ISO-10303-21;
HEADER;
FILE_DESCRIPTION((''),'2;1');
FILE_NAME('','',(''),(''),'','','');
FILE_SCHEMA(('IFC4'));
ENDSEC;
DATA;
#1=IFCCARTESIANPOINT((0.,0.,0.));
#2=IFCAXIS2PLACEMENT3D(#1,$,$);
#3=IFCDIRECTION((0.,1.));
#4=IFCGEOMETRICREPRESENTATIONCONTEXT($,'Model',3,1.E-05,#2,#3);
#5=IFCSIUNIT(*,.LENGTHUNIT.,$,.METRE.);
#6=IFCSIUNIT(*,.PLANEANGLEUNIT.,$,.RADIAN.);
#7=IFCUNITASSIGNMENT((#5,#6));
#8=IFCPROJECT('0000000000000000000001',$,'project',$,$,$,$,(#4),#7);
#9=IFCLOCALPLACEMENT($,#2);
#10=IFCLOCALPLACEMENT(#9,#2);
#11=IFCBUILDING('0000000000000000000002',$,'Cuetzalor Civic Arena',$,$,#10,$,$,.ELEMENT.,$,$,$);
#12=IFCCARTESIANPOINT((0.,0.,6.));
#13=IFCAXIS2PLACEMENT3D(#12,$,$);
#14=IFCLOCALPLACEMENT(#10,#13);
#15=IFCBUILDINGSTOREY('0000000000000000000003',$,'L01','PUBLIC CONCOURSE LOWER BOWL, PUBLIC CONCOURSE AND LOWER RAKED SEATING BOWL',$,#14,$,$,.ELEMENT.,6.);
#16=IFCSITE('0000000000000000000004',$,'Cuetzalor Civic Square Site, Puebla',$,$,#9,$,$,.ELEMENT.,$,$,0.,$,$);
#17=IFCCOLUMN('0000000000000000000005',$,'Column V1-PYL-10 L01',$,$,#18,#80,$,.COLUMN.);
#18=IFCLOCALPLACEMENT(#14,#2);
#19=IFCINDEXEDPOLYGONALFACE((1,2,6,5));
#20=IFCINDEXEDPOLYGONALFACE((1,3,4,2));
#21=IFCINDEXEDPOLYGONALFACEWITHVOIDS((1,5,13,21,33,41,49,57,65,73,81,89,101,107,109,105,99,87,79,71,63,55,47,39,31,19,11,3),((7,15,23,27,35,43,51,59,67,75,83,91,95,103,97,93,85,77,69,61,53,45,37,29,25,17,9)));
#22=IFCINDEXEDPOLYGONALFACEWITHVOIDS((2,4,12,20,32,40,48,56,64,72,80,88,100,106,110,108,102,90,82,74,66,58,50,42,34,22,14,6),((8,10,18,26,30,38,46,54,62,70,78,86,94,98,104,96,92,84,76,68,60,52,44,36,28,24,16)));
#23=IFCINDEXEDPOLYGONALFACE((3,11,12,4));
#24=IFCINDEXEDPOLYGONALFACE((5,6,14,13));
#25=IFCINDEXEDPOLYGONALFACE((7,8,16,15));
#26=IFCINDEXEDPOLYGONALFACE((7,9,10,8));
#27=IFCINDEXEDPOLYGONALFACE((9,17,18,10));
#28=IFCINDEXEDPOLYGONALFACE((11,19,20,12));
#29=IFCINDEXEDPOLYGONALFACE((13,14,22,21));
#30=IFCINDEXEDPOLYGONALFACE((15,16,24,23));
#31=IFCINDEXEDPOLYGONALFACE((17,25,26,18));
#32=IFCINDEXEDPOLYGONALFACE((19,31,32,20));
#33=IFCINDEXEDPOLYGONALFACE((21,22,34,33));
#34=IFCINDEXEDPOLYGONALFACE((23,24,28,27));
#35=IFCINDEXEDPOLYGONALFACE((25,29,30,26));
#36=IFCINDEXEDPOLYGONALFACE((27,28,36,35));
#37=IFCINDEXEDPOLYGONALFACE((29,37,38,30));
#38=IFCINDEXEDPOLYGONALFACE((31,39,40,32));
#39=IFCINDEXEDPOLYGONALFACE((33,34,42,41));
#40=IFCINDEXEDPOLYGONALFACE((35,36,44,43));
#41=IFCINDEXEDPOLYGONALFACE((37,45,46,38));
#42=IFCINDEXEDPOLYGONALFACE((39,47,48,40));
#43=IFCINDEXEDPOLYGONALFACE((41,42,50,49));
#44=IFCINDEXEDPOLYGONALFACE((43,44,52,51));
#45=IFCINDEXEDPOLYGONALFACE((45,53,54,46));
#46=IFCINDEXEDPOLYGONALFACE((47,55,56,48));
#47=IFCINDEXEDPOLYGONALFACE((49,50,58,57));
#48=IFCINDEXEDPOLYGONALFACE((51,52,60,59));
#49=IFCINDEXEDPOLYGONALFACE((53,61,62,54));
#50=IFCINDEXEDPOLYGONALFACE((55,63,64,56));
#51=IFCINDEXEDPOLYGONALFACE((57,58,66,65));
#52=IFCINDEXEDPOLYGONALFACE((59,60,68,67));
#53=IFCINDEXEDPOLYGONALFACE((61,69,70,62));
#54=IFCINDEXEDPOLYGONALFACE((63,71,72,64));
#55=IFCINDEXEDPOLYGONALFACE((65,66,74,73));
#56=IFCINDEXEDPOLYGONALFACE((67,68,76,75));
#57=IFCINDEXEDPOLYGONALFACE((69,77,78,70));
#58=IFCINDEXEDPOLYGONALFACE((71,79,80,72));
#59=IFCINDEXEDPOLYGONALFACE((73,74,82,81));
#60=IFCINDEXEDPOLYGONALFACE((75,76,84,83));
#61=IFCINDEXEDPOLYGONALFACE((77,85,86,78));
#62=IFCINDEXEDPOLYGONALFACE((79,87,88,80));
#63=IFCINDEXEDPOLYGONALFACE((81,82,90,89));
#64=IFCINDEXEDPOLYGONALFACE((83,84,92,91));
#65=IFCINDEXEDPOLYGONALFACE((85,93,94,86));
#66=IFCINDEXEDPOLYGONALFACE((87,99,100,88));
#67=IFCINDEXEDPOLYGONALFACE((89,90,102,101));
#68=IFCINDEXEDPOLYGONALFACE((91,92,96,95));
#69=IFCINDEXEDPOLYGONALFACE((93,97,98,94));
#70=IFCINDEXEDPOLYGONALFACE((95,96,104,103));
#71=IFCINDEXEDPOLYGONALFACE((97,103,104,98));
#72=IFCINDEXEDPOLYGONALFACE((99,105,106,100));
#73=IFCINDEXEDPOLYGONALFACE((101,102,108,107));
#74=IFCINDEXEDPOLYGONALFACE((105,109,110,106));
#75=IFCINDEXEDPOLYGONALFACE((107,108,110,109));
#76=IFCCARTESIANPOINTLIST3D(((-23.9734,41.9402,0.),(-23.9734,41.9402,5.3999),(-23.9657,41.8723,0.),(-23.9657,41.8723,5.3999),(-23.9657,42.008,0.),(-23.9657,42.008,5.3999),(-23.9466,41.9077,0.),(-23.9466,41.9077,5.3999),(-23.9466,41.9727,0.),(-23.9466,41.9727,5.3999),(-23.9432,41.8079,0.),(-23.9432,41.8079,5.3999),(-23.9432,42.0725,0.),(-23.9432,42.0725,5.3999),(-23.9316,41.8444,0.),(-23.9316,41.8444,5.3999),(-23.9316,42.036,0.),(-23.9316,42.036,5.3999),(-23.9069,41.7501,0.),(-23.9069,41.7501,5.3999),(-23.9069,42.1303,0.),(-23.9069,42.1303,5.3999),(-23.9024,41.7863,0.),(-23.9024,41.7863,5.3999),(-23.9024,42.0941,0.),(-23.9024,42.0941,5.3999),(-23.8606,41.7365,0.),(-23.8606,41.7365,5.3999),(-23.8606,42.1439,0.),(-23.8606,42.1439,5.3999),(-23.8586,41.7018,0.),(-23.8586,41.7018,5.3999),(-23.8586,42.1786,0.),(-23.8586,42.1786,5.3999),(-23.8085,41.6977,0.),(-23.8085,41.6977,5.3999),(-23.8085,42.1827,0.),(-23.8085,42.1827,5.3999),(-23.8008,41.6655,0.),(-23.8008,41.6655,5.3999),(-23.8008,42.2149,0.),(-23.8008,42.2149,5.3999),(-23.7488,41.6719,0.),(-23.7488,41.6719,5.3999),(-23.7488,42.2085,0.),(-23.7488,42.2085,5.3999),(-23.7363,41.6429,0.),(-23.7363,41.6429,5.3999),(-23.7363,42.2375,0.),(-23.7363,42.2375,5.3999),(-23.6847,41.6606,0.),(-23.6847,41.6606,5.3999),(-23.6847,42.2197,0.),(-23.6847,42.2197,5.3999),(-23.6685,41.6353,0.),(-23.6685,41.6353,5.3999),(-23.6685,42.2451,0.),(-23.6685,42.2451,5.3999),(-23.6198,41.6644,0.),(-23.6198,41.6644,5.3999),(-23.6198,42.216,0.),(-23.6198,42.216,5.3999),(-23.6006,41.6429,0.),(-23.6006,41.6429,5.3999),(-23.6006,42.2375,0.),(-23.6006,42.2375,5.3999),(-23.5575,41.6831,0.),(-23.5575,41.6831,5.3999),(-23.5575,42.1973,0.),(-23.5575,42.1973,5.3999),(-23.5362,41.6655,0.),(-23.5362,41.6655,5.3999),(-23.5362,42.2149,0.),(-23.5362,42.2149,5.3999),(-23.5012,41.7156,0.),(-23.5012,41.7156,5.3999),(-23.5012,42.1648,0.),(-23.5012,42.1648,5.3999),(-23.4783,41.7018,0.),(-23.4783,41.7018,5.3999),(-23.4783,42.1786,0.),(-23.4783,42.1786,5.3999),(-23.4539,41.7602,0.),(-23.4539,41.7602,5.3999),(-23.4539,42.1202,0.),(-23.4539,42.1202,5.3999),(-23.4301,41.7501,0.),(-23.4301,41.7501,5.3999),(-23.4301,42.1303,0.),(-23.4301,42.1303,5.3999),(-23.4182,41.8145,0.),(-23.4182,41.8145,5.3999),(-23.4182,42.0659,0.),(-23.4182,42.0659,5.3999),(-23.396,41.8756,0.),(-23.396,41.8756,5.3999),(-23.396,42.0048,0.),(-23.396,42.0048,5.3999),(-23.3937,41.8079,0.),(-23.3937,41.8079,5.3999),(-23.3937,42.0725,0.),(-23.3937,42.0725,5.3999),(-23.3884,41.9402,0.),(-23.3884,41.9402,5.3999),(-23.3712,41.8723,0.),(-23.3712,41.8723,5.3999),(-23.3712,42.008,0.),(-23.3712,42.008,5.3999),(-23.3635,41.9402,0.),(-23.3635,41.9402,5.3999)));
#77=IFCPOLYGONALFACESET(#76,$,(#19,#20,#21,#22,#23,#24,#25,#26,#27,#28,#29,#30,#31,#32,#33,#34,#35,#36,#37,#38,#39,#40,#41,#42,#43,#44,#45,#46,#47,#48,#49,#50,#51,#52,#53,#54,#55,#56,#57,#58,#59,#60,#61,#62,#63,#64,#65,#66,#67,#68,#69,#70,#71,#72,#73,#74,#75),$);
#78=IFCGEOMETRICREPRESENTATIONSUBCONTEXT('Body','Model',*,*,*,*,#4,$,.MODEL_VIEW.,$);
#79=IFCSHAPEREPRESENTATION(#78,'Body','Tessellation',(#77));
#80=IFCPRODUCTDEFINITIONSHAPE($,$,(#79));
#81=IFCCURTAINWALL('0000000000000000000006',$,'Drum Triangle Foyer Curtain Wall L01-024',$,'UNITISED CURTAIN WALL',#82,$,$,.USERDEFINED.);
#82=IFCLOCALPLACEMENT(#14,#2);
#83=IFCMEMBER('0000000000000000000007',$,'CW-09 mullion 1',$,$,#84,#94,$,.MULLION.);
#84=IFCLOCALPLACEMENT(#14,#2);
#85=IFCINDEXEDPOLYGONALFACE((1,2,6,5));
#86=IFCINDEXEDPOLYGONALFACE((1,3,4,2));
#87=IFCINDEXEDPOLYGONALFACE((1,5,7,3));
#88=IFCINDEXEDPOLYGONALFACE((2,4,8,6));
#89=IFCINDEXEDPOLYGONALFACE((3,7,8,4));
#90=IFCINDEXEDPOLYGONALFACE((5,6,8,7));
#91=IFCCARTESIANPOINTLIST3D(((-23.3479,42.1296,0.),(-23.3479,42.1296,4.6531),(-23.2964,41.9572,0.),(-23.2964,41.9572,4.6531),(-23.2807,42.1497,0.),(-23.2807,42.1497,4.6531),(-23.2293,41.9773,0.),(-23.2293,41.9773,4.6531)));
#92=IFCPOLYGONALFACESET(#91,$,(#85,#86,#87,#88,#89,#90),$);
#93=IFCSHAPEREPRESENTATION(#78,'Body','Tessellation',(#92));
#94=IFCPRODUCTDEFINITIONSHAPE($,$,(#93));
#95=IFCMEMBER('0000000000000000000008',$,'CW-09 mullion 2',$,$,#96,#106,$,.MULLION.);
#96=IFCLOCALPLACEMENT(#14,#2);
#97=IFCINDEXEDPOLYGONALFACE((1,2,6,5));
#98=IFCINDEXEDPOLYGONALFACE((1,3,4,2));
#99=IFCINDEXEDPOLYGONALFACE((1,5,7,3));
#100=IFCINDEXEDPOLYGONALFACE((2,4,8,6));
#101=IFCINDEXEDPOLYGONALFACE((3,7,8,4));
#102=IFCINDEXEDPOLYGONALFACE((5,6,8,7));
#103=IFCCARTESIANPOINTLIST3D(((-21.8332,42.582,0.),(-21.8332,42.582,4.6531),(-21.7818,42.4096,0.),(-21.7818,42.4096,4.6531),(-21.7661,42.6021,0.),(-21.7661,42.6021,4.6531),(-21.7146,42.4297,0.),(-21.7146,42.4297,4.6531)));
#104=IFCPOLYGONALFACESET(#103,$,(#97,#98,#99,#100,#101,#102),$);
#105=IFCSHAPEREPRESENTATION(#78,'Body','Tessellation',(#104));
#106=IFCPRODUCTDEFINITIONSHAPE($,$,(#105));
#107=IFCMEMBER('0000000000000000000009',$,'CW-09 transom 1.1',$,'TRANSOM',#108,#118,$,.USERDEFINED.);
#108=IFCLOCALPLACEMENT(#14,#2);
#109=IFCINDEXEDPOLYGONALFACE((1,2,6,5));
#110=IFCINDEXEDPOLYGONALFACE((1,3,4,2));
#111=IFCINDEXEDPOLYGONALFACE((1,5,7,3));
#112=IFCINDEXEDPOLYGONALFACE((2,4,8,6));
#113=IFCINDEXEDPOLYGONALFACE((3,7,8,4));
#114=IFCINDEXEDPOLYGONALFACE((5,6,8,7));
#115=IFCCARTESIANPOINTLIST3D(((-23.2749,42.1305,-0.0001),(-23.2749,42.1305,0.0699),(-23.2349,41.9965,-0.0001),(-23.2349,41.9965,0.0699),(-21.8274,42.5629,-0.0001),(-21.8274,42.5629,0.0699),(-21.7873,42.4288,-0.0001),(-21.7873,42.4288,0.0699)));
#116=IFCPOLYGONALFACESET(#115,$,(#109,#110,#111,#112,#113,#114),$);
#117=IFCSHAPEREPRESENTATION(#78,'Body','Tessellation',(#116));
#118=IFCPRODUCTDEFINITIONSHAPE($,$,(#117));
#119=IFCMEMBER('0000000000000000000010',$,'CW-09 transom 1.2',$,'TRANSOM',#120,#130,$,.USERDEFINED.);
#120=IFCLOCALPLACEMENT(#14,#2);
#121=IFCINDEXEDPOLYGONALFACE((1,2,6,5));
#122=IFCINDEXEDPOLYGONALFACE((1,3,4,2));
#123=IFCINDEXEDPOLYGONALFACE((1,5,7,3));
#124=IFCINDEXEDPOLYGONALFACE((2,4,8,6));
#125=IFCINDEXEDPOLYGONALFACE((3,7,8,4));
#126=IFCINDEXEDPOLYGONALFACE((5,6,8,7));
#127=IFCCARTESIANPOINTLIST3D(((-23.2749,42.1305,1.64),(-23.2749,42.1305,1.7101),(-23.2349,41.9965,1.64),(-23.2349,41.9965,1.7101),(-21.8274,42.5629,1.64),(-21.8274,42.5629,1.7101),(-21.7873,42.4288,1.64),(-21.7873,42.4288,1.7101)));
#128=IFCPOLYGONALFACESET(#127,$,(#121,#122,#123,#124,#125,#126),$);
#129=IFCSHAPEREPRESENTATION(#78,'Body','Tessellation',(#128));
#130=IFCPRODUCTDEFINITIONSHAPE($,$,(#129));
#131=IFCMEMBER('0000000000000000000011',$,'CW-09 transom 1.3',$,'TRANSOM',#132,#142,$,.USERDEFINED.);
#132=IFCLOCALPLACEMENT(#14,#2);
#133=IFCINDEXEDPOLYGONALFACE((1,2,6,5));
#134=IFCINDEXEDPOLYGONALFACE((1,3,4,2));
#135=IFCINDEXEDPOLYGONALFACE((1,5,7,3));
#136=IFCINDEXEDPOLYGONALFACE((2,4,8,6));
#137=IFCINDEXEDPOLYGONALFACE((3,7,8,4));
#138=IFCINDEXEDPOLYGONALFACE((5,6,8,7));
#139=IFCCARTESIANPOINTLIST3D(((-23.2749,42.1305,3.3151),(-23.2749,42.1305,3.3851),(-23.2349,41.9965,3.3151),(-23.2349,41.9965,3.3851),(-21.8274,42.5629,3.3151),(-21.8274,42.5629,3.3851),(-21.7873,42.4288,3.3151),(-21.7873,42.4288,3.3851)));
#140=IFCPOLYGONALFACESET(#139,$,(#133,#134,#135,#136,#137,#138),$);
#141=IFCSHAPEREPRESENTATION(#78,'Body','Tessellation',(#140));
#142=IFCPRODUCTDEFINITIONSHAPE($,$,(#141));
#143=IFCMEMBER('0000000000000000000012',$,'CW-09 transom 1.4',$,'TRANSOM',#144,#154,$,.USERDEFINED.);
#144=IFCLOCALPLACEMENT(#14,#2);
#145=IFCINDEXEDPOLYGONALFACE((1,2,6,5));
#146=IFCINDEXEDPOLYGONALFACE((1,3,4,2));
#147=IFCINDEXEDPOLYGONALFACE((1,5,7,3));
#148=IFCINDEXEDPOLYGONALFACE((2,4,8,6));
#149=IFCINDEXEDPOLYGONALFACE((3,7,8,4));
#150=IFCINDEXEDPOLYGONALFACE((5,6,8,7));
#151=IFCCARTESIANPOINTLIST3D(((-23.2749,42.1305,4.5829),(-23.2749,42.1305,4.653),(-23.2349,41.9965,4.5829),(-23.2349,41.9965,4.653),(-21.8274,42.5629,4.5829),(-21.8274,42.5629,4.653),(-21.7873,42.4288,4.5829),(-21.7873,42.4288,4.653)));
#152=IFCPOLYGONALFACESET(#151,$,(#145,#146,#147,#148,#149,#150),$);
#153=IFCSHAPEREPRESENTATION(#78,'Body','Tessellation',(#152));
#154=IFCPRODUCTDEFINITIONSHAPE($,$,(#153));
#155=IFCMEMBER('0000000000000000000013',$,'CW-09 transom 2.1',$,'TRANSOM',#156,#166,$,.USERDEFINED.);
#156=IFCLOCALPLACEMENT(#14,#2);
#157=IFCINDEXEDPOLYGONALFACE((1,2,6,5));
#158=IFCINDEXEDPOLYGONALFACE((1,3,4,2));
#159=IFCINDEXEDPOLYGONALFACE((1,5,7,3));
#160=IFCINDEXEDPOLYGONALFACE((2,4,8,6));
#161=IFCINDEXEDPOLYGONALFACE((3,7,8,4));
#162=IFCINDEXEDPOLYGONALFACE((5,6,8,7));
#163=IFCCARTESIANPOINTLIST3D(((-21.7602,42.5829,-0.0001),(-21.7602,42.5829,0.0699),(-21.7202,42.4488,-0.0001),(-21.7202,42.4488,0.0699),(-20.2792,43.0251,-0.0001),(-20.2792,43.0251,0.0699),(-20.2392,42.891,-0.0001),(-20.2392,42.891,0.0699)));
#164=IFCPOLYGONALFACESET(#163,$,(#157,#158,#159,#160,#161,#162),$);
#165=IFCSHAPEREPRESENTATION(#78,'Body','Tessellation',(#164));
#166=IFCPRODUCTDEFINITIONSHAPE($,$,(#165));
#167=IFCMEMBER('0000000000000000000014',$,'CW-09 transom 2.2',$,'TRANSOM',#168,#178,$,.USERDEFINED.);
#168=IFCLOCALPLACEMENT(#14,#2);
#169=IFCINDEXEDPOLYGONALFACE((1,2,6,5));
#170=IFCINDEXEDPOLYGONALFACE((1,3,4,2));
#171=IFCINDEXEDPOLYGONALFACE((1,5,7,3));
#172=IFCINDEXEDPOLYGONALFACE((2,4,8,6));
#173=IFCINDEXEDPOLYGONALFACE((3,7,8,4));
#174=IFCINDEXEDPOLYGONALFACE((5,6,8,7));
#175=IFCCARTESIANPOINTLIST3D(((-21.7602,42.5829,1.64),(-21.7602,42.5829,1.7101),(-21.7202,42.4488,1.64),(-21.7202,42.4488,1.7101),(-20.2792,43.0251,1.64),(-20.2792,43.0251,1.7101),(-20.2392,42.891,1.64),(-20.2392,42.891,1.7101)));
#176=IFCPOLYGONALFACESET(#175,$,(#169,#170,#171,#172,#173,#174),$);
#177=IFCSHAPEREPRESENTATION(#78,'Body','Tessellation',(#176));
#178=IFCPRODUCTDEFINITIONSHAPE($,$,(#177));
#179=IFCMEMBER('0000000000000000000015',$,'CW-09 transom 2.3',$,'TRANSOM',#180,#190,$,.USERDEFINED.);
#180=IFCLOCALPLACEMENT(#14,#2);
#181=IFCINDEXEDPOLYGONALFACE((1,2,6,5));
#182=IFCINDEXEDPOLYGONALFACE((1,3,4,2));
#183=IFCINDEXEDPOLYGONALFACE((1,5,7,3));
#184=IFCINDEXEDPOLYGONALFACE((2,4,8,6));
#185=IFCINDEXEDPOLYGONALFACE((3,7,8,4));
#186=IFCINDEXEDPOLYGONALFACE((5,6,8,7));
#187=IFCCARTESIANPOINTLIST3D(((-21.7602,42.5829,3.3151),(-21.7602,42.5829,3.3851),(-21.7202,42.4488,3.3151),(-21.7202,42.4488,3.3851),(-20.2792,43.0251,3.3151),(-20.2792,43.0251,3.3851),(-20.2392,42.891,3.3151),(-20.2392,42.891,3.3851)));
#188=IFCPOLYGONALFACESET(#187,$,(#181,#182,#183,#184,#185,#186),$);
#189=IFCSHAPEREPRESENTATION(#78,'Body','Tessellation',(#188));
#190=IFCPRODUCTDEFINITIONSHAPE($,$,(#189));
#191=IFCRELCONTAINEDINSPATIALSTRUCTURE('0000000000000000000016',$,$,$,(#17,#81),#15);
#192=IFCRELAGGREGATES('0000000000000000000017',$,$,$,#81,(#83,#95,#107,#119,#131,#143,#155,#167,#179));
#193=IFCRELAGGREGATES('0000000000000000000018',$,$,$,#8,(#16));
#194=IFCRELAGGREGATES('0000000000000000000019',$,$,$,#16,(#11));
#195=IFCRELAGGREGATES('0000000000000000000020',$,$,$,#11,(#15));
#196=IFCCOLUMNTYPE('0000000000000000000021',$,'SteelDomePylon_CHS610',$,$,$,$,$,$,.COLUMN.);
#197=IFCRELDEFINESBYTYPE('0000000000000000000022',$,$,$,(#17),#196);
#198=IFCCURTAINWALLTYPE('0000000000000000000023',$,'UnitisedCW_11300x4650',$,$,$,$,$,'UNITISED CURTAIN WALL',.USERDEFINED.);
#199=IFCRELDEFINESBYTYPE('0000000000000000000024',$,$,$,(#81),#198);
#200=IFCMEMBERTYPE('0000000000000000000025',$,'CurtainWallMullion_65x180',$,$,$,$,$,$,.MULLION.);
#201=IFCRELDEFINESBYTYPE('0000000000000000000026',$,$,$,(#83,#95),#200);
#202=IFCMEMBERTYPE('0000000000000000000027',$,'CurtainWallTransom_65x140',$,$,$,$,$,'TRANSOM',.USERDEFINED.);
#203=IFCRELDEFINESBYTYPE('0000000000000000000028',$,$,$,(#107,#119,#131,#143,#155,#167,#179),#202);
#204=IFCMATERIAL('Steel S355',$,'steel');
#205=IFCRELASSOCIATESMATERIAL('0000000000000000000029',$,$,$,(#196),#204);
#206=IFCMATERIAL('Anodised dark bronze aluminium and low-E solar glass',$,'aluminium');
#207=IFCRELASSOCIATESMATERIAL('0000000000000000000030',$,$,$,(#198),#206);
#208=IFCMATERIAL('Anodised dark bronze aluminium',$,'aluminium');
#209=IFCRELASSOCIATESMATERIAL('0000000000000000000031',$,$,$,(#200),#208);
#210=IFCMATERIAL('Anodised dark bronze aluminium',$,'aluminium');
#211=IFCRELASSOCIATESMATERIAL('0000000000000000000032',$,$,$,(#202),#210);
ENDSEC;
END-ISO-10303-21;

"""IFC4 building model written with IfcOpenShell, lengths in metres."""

from ifc_helpers import new_model, si_unit, direction, frame, origin, origin_2d, place, context, subcontext, project, spatial, rectangle, hollow_circle, extrude, material, material_profile, profile_set, type_object, element, aggregate, save


model = new_model("IFC4")

# Units and contexts
model_context = context("Model", 3, precision=1e-05, world=origin(), true_north=direction((0.0, 1.0)))
body_context = subcontext(model_context, "Body", "Model", "MODEL_VIEW")
ifc_project = project(units=[si_unit("LENGTHUNIT", "METRE"), si_unit("PLANEANGLEUNIT", "RADIAN")], contexts=[model_context])

# Site, building, storey
site_placement = place(None, origin())
site = spatial("IfcSite", under=ifc_project, at=site_placement, Name="Cuetzalor Civic Square Site, Puebla", CompositionType="ELEMENT", RefElevation=0.0)
building_placement = place(site_placement, origin())
building = spatial("IfcBuilding", under=site, at=building_placement, Name="Cuetzalor Civic Arena", CompositionType="ELEMENT")
storey_placement = place(building_placement, frame((0.0, 0.0, 6.0)))
storey = spatial("IfcBuildingStorey", under=building, at=storey_placement, Name="L01", Description="PUBLIC CONCOURSE LOWER BOWL, PUBLIC CONCOURSE AND LOWER RAKED SEATING BOWL", CompositionType="ELEMENT", Elevation=6.0)

# Column
ifc_material_1 = material(Name="Steel S355", Category="steel")
ifc_material_profile_1 = material_profile(ifc_material_1, hollow_circle(Radius=0.3049, WallThickness=0.0249, at=origin_2d()), Name="CHS 610x25")
ifc_profile_set_1 = profile_set([ifc_material_profile_1], Name="Steel S355")
column_type = type_object("IfcColumnType", Name="SteelDomePylon_CHS610", PredefinedType="COLUMN", material=ifc_profile_set_1)
column_placement = place(storey_placement, frame((-23.6685, 41.9402, 0.0), z_axis=(0.0, 0.0, 1.0), x_axis=(1.0, 0.0, 0.0)))
element("IfcColumn", 1, at=column_placement, inside=storey, type_object=column_type, Name="Column V1-PYL-10 L01", PredefinedType="COLUMN", context=body_context, shape_type="SweptSolid", body=[
    extrude(hollow_circle(Radius=0.3049, WallThickness=0.0249, at=origin_2d()), origin(), (0.0, 0.0, 1.0), 5.3999),
])

# Curtain wall, members
ifc_material_2 = material(Name="Anodised dark bronze aluminium and low-E solar glass", Category="aluminium")
curtain_wall_type = type_object("IfcCurtainWallType", Name="UnitisedCW_11300x4650", ElementType="UNITISED CURTAIN WALL", PredefinedType="USERDEFINED", material=ifc_material_2)
curtain_wall_placement = place(storey_placement, origin())
curtain_wall = element("IfcCurtainWall", 2, at=curtain_wall_placement, inside=storey, type_object=curtain_wall_type, Name="Drum Triangle Foyer Curtain Wall L01-024", ObjectType="UNITISED CURTAIN WALL", PredefinedType="USERDEFINED")
ifc_material_3 = material(Name="Anodised dark bronze aluminium", Category="aluminium")
ifc_material_profile_2 = material_profile(ifc_material_3, rectangle(XDim=0.0701, YDim=0.1799, at=origin_2d()), Name="ALU MULLION 70x180")
ifc_profile_set_2 = profile_set([ifc_material_profile_2], Name="Anodised dark bronze aluminium")
member_type_1 = type_object("IfcMemberType", Name="CurtainWallMullion_65x180", PredefinedType="MULLION", material=ifc_profile_set_2)
member_1_placement = place(storey_placement, frame((-23.2886, 42.0535, 0.0), z_axis=(0.0, 0.0, 1.0), x_axis=(0.958194, 0.28612, 0.0)))
member_1 = element("IfcMember", 3, at=member_1_placement, type_object=member_type_1, Name="CW-09 mullion 1", PredefinedType="MULLION", context=body_context, shape_type="SweptSolid", body=[
    extrude(rectangle(XDim=0.0701, YDim=0.1799, at=origin_2d()), origin(), (0.0, 0.0, 1.0), 4.6531),
])
member_2_placement = place(storey_placement, frame((-21.7739, 42.5059, 0.0), z_axis=(0.0, 0.0, 1.0), x_axis=(0.958194, 0.28612, 0.0)))
member_2 = element("IfcMember", 4, at=member_2_placement, type_object=member_type_1, Name="CW-09 mullion 2", PredefinedType="MULLION", context=body_context, shape_type="SweptSolid", body=[
    extrude(rectangle(XDim=0.0701, YDim=0.1799, at=origin_2d()), origin(), (0.0, 0.0, 1.0), 4.6531),
])
ifc_material_4 = material(Name="Anodised dark bronze aluminium", Category="aluminium")
ifc_material_profile_3 = material_profile(ifc_material_4, rectangle(XDim=0.1399, YDim=0.0701, at=origin_2d()), Name="ALU TRANSOM 70x140")
ifc_profile_set_3 = profile_set([ifc_material_profile_3], Name="Anodised dark bronze aluminium")
member_type_2 = type_object("IfcMemberType", Name="CurtainWallTransom_65x140", ElementType="TRANSOM", PredefinedType="USERDEFINED", material=ifc_profile_set_3)
member_3_placement = place(storey_placement, frame((-23.2549, 42.0635, 0.0349), z_axis=(0.958168, 0.286206, 0.0), x_axis=(-0.286206, 0.958168, 0.0)))
member_3 = element("IfcMember", 5, at=member_3_placement, type_object=member_type_2, Name="CW-09 transom 1.1", ObjectType="TRANSOM", PredefinedType="USERDEFINED", context=body_context, shape_type="SweptSolid", body=[
    extrude(rectangle(XDim=0.1399, YDim=0.0701, at=origin_2d()), origin(), (0.0, 0.0, 1.0), 1.5107),
])
member_4_placement = place(storey_placement, frame((-23.2549, 42.0635, 1.675), z_axis=(0.958168, 0.286206, 0.0), x_axis=(-0.286206, 0.958168, 0.0)))
member_4 = element("IfcMember", 6, at=member_4_placement, type_object=member_type_2, Name="CW-09 transom 1.2", ObjectType="TRANSOM", PredefinedType="USERDEFINED", context=body_context, shape_type="SweptSolid", body=[
    extrude(rectangle(XDim=0.1399, YDim=0.0701, at=origin_2d()), origin(), (0.0, 0.0, 1.0), 1.5107),
])
member_5_placement = place(storey_placement, frame((-23.2549, 42.0635, 3.3501), z_axis=(0.958168, 0.286206, 0.0), x_axis=(-0.286206, 0.958168, 0.0)))
member_5 = element("IfcMember", 7, at=member_5_placement, type_object=member_type_2, Name="CW-09 transom 1.3", ObjectType="TRANSOM", PredefinedType="USERDEFINED", context=body_context, shape_type="SweptSolid", body=[
    extrude(rectangle(XDim=0.1399, YDim=0.0701, at=origin_2d()), origin(), (0.0, 0.0, 1.0), 1.5107),
])
member_6_placement = place(storey_placement, frame((-23.2549, 42.0635, 4.6179), z_axis=(0.958168, 0.286206, 0.0), x_axis=(-0.286206, 0.958168, 0.0)))
member_6 = element("IfcMember", 8, at=member_6_placement, type_object=member_type_2, Name="CW-09 transom 1.4", ObjectType="TRANSOM", PredefinedType="USERDEFINED", context=body_context, shape_type="SweptSolid", body=[
    extrude(rectangle(XDim=0.1399, YDim=0.0701, at=origin_2d()), origin(), (0.0, 0.0, 1.0), 1.5107),
])
member_7_placement = place(storey_placement, frame((-21.7402, 42.5159, 0.0349), z_axis=(0.958208, 0.286072, 0.0), x_axis=(-0.286072, 0.958208, 0.0)))
member_7 = element("IfcMember", 9, at=member_7_placement, type_object=member_type_2, Name="CW-09 transom 2.1", ObjectType="TRANSOM", PredefinedType="USERDEFINED", context=body_context, shape_type="SweptSolid", body=[
    extrude(rectangle(XDim=0.1399, YDim=0.0701, at=origin_2d()), origin(), (0.0, 0.0, 1.0), 1.5457),
])
member_8_placement = place(storey_placement, frame((-21.7402, 42.5159, 1.675), z_axis=(0.958208, 0.286072, 0.0), x_axis=(-0.286072, 0.958208, 0.0)))
member_8 = element("IfcMember", 10, at=member_8_placement, type_object=member_type_2, Name="CW-09 transom 2.2", ObjectType="TRANSOM", PredefinedType="USERDEFINED", context=body_context, shape_type="SweptSolid", body=[
    extrude(rectangle(XDim=0.1399, YDim=0.0701, at=origin_2d()), origin(), (0.0, 0.0, 1.0), 1.5457),
])
member_9_placement = place(storey_placement, frame((-21.7402, 42.5159, 3.3501), z_axis=(0.958208, 0.286072, 0.0), x_axis=(-0.286072, 0.958208, 0.0)))
member_9 = element("IfcMember", 11, at=member_9_placement, type_object=member_type_2, Name="CW-09 transom 2.3", ObjectType="TRANSOM", PredefinedType="USERDEFINED", context=body_context, shape_type="SweptSolid", body=[
    extrude(rectangle(XDim=0.1399, YDim=0.0701, at=origin_2d()), origin(), (0.0, 0.0, 1.0), 1.5457),
])

aggregate(curtain_wall, [member_1, member_2, member_3, member_4, member_5, member_6, member_7, member_8, member_9])

save(model, "model.ifc")
